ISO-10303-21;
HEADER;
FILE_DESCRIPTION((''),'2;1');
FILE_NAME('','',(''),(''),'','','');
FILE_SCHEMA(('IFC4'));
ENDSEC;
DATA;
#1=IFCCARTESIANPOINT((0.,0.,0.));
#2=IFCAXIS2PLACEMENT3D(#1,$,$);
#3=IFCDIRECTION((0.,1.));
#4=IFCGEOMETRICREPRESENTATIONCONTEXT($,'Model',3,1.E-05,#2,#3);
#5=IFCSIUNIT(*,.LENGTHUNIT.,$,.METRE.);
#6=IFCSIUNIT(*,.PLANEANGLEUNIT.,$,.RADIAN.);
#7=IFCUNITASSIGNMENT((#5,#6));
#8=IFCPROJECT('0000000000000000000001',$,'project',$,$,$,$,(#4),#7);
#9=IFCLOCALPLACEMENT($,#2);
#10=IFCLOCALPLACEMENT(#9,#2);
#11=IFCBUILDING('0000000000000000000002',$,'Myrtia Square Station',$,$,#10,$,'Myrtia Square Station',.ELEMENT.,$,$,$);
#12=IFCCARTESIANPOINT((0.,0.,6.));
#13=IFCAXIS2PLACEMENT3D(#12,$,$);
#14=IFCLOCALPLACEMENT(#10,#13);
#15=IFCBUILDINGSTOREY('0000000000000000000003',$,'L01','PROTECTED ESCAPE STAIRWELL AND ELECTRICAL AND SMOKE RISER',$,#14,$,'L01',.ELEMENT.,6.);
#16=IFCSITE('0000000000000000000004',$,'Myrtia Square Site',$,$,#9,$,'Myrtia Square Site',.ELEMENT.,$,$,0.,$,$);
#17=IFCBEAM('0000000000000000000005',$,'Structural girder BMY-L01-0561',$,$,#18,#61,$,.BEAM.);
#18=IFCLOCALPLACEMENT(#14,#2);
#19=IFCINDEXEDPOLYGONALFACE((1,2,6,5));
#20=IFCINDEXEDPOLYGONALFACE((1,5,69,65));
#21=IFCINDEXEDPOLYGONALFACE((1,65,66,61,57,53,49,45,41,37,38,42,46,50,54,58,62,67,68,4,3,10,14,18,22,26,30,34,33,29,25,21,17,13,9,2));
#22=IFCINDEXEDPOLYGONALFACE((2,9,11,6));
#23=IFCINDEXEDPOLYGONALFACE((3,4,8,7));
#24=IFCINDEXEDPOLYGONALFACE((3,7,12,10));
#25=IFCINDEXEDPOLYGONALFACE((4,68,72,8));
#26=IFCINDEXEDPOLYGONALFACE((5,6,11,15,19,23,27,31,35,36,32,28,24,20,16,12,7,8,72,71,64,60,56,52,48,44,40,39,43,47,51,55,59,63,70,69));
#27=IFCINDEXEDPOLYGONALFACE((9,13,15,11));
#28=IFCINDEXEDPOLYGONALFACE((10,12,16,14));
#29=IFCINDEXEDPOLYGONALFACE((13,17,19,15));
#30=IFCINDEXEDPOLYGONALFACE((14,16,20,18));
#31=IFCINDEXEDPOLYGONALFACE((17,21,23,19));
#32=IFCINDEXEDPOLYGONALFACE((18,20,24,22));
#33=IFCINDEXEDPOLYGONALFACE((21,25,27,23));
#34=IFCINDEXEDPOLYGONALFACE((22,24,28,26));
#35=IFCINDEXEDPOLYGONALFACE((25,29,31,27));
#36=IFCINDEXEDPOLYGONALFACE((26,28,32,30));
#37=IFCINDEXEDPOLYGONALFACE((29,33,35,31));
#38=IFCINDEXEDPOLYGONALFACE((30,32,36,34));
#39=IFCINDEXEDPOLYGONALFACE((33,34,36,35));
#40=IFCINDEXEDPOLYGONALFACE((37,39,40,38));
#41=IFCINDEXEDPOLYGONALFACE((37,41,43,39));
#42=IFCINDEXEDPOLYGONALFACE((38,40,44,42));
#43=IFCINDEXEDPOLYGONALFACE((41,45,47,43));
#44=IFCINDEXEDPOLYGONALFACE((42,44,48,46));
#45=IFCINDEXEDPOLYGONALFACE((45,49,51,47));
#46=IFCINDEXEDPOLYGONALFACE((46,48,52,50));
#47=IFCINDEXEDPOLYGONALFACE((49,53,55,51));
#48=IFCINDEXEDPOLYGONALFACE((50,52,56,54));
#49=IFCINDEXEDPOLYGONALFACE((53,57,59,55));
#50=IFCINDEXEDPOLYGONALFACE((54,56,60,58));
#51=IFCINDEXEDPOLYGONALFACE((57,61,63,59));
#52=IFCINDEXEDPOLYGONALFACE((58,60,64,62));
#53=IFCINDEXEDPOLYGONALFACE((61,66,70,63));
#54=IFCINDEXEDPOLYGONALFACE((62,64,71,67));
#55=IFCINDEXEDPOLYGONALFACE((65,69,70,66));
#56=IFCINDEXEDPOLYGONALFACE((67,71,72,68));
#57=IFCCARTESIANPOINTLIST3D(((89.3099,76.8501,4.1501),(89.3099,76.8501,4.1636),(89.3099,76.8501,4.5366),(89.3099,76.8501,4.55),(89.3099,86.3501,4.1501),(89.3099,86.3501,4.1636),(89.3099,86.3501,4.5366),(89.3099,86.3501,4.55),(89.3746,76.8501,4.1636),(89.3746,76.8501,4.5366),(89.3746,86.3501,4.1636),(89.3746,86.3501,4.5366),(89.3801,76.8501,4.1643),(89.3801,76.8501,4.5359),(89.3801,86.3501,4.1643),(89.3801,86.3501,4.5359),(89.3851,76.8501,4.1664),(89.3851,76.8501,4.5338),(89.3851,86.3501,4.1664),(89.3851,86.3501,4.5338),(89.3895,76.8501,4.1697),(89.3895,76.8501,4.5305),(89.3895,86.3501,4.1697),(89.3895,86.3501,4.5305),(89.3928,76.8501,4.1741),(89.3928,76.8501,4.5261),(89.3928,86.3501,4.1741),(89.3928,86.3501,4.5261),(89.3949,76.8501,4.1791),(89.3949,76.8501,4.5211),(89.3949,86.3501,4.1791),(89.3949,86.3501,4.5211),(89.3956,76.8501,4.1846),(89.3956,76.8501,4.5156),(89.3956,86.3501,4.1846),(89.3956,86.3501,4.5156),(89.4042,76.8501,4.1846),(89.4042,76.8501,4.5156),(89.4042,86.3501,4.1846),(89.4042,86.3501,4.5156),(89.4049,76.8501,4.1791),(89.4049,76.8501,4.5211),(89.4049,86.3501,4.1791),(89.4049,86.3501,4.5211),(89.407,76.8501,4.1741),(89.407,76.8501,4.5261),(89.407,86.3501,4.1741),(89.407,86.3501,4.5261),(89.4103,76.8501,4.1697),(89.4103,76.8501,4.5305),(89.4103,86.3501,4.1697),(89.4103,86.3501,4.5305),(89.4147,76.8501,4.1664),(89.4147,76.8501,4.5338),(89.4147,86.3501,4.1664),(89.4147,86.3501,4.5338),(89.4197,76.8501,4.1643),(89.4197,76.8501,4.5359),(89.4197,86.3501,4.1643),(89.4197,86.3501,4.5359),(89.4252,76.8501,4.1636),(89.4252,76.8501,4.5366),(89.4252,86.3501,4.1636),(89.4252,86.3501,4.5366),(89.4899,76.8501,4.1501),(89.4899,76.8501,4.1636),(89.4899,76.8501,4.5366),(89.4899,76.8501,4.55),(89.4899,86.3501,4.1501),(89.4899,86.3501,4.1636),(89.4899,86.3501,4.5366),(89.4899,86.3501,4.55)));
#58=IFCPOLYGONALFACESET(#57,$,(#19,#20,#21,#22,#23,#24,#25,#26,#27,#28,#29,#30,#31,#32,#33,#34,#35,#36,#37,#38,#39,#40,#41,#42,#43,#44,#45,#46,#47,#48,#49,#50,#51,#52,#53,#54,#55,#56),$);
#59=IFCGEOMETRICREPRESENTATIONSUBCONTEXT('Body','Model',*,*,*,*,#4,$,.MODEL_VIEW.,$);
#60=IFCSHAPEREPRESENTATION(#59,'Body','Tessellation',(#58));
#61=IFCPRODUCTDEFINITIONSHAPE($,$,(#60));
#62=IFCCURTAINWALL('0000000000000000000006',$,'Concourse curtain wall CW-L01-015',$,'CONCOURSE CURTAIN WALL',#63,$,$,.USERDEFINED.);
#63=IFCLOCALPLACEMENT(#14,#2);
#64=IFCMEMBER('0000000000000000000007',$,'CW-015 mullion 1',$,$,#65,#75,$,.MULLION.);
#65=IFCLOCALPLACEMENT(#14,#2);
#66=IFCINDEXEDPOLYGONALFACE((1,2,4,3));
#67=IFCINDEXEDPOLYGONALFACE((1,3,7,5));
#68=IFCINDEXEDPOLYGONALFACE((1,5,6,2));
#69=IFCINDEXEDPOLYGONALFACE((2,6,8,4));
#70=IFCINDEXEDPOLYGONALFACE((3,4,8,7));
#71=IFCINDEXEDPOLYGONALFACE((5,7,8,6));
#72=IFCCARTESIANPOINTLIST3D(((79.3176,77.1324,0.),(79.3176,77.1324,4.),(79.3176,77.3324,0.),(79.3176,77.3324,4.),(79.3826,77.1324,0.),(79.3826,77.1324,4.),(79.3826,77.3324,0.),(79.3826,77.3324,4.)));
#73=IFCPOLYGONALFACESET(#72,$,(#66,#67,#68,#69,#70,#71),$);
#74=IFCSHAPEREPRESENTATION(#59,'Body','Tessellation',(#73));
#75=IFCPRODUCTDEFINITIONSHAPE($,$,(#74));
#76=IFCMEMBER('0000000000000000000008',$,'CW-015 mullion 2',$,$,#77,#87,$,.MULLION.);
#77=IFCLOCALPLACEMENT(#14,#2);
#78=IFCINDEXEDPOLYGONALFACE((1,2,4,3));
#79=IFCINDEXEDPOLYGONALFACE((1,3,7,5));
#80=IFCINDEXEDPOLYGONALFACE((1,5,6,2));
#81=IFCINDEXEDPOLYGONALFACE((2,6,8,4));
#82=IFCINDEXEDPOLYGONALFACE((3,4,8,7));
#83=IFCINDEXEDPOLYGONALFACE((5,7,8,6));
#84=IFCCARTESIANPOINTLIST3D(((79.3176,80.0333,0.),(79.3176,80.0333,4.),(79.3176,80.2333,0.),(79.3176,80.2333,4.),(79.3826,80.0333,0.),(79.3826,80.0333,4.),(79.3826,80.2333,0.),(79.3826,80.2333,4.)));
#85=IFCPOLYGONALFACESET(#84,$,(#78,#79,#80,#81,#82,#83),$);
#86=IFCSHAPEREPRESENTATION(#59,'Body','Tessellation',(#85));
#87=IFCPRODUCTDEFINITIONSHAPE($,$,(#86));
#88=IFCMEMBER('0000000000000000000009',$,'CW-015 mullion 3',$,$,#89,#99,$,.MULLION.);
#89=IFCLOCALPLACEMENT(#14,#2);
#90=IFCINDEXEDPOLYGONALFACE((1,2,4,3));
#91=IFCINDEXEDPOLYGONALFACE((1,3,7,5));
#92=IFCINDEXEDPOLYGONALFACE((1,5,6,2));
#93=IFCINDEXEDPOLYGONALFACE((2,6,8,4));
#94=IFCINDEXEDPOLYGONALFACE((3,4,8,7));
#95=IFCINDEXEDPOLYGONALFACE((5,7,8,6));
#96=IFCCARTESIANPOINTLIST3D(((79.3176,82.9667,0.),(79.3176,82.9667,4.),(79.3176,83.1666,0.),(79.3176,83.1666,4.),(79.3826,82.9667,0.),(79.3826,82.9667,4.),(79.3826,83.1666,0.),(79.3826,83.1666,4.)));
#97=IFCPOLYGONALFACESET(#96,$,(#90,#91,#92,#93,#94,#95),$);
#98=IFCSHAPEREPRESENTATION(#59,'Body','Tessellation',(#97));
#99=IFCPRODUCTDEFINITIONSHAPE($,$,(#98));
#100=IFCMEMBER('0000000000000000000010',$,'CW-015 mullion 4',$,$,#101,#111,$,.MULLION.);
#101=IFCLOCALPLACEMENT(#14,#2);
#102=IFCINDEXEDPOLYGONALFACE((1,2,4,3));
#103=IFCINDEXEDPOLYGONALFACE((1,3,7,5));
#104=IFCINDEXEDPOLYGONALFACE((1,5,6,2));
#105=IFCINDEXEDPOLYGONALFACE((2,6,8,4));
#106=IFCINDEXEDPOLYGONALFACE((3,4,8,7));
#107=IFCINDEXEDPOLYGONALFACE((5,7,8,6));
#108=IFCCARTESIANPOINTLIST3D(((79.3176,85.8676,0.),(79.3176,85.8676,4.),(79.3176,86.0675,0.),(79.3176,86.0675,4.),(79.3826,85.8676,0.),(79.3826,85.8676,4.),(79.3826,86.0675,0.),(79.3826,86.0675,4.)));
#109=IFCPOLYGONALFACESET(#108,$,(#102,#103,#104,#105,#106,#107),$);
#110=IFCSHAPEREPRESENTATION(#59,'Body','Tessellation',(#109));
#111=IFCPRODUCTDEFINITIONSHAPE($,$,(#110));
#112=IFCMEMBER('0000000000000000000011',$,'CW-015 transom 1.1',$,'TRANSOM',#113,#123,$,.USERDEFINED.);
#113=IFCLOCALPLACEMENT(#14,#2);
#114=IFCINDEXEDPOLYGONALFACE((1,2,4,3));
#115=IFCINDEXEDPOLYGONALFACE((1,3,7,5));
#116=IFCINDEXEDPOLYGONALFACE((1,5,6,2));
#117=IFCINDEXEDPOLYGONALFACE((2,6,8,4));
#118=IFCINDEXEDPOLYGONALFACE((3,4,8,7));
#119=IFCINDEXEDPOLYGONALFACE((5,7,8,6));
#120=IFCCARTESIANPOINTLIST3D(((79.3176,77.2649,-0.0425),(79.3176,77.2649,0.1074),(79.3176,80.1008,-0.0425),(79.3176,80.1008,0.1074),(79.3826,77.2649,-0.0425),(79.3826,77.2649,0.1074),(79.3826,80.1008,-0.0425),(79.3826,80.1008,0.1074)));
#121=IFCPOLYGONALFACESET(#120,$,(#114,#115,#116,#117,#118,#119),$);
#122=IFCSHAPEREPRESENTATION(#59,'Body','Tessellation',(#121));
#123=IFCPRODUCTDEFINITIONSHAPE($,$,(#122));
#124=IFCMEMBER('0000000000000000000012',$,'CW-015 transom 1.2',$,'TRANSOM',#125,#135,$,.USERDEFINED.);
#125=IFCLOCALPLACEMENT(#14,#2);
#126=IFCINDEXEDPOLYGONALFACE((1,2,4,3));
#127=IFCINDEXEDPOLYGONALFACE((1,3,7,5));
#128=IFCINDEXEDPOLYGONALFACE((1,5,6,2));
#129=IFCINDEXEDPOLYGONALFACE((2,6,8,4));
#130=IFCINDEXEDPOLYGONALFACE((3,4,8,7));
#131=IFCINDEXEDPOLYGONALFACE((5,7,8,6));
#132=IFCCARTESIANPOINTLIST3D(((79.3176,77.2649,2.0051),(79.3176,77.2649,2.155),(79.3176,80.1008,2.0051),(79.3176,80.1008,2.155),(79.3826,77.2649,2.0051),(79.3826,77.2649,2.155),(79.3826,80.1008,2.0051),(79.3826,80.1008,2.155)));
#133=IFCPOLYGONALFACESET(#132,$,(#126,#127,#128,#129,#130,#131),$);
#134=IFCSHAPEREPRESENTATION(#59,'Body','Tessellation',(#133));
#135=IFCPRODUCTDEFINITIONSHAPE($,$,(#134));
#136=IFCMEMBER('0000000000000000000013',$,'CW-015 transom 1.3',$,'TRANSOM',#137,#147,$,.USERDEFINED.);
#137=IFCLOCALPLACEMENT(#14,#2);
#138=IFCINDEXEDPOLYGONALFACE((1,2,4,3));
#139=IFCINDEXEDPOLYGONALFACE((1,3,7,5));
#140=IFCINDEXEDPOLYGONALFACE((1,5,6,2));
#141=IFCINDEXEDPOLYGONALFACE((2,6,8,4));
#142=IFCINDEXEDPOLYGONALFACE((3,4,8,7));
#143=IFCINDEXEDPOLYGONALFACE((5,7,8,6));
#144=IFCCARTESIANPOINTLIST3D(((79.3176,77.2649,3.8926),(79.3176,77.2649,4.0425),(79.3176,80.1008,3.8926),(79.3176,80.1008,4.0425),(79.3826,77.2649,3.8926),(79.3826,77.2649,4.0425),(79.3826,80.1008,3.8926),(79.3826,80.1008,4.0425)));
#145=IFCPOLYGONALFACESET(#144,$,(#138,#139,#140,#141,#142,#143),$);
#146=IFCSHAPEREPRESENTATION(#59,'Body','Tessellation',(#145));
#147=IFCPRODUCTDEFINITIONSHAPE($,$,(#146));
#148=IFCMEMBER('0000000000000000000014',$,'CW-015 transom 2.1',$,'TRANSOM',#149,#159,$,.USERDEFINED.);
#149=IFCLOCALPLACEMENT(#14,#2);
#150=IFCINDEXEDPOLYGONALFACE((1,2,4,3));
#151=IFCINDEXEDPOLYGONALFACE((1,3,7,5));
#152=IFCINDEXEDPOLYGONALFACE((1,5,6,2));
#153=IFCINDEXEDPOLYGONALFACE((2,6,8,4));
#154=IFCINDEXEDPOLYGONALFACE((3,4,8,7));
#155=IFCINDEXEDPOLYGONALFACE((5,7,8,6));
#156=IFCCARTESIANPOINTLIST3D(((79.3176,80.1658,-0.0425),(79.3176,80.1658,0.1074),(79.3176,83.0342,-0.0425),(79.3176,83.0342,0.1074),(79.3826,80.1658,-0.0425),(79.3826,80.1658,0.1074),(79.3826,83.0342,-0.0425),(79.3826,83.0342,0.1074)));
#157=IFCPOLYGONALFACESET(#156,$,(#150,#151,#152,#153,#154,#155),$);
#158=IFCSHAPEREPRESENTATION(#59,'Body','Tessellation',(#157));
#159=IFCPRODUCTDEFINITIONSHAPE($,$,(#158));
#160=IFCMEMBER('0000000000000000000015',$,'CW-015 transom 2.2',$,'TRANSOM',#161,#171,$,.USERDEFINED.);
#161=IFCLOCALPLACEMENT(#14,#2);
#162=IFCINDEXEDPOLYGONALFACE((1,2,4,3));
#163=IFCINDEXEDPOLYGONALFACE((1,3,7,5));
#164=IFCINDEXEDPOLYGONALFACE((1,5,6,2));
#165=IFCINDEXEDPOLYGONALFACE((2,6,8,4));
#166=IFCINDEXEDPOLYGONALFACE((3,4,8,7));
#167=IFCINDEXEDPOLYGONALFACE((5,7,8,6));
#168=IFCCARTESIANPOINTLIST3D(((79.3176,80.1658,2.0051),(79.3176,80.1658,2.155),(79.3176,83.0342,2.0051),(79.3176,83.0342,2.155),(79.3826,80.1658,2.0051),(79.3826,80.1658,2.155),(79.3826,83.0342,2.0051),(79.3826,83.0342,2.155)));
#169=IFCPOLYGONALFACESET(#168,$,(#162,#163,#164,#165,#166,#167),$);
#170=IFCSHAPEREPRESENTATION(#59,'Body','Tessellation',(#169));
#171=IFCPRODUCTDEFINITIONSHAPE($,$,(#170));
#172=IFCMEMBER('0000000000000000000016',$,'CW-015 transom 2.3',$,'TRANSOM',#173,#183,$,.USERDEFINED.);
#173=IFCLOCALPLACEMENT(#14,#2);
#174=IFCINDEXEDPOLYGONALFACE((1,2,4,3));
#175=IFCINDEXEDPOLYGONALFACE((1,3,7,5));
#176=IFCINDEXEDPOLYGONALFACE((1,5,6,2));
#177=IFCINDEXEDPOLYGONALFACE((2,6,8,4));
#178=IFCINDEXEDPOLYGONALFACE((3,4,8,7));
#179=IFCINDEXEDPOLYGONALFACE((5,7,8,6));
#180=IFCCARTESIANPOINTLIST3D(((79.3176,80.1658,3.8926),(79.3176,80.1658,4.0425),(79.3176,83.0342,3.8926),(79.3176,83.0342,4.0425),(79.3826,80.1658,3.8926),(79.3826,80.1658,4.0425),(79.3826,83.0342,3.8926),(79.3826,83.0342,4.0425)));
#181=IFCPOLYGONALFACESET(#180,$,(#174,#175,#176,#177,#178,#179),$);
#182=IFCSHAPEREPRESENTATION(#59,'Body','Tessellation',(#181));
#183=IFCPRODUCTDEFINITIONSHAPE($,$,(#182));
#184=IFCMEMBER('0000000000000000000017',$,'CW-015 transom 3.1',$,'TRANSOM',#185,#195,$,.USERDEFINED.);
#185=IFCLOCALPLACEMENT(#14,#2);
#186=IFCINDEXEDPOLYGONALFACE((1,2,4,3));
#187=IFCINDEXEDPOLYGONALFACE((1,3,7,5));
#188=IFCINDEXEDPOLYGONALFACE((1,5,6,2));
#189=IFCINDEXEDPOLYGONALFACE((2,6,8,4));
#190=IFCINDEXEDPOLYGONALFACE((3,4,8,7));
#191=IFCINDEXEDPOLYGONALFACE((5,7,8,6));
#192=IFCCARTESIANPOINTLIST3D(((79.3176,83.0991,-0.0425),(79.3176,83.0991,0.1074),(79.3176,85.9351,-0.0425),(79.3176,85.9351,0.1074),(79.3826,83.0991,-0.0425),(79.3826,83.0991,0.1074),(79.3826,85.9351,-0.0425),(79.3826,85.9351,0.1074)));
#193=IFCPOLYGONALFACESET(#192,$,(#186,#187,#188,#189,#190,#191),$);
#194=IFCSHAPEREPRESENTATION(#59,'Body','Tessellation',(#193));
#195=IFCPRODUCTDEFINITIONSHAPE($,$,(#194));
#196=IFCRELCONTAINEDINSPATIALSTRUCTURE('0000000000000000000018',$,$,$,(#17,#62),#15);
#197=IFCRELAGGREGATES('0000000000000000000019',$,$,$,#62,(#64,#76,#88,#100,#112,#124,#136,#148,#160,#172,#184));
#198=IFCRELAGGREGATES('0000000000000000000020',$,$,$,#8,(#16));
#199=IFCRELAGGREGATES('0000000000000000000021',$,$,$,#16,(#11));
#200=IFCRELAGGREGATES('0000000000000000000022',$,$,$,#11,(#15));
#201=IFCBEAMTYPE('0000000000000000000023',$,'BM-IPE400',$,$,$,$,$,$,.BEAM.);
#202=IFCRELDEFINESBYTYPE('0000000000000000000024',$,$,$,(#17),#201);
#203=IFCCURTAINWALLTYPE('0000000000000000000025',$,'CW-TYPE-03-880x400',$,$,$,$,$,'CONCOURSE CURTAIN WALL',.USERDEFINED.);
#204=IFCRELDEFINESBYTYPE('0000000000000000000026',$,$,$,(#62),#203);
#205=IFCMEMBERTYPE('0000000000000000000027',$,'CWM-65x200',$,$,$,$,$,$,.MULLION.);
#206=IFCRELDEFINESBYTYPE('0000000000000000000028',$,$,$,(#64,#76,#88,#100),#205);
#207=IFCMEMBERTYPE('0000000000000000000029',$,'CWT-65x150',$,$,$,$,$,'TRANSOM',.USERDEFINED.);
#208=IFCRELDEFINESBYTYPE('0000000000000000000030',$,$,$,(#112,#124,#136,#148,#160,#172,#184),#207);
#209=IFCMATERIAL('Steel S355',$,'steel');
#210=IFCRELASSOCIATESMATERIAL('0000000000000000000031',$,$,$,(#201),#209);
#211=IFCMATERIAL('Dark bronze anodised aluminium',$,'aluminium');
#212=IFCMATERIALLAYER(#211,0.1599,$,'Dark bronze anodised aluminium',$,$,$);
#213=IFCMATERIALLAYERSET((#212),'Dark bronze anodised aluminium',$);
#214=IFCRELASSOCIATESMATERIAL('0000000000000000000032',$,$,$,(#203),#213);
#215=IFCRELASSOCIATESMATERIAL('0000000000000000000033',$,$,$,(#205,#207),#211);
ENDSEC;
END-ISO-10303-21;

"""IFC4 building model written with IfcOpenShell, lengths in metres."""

from ifc_helpers import new_model, si_unit, direction, frame, origin, origin_2d, place, context, subcontext, project, spatial, rectangle, i_section, extrude, material, layer, layer_set, material_profile, profile_set, type_object, element, aggregate, save


model = new_model("IFC4")

# Units and contexts
model_context = context("Model", 3, precision=1e-05, world=origin(), true_north=direction((0.0, 1.0)))
body_context = subcontext(model_context, "Body", "Model", "MODEL_VIEW")
ifc_project = project(units=[si_unit("LENGTHUNIT", "METRE"), si_unit("PLANEANGLEUNIT", "RADIAN")], contexts=[model_context])

# Site, building, storey
site_placement = place(None, origin())
site = spatial("IfcSite", under=ifc_project, at=site_placement, Name="Myrtia Square Site", LongName="Myrtia Square Site", CompositionType="ELEMENT", RefElevation=0.0)
building_placement = place(site_placement, origin())
building = spatial("IfcBuilding", under=site, at=building_placement, Name="Myrtia Square Station", LongName="Myrtia Square Station", CompositionType="ELEMENT")
storey_placement = place(building_placement, frame((0.0, 0.0, 6.0)))
storey = spatial("IfcBuildingStorey", under=building, at=storey_placement, Name="L01", Description="PROTECTED ESCAPE STAIRWELL AND ELECTRICAL AND SMOKE RISER", LongName="L01", CompositionType="ELEMENT", Elevation=6.0)

# Beam
ifc_material_1 = material(Name="Steel S355", Category="steel")
ifc_material_profile_1 = material_profile(ifc_material_1, i_section(OverallWidth=0.1799, OverallDepth=0.3999, WebThickness=0.0085, FlangeThickness=0.0134, FilletRadius=0.021, at=origin_2d()), Name="IPE 400")
ifc_profile_set_1 = profile_set([ifc_material_profile_1], Name="Steel S355")
beam_type = type_object("IfcBeamType", Name="BM-IPE400", PredefinedType="BEAM", material=ifc_profile_set_1)
beam_placement = place(storey_placement, frame((89.3999, 76.8501, 4.3501), z_axis=(0.0, 1.0, 0.0), x_axis=(-1.0, 0.0, 0.0)))
element("IfcBeam", 1, at=beam_placement, inside=storey, type_object=beam_type, Name="Structural girder BMY-L01-0561", PredefinedType="BEAM", context=body_context, shape_type="SweptSolid", body=[
    extrude(i_section(OverallWidth=0.1799, OverallDepth=0.3999, WebThickness=0.0085, FlangeThickness=0.0134, FilletRadius=0.021, at=origin_2d()), origin(), (0.0, 0.0, 1.0), 9.5),
])

# Curtain wall, members
ifc_material_2 = material(Name="Dark bronze anodised aluminium", Category="aluminium")
ifc_layer_1 = layer(ifc_material_2, 0.1599, Name="Dark bronze anodised aluminium")
ifc_layer_set_1 = layer_set([ifc_layer_1], Name="Dark bronze anodised aluminium")
curtain_wall_type = type_object("IfcCurtainWallType", Name="CW-TYPE-03-880x400", ElementType="CONCOURSE CURTAIN WALL", PredefinedType="USERDEFINED", material=ifc_layer_set_1)
curtain_wall_placement = place(storey_placement, origin())
curtain_wall = element("IfcCurtainWall", 2, at=curtain_wall_placement, inside=storey, type_object=curtain_wall_type, Name="Concourse curtain wall CW-L01-015", ObjectType="CONCOURSE CURTAIN WALL", PredefinedType="USERDEFINED")
ifc_material_profile_2 = material_profile(ifc_material_2, rectangle(XDim=0.0649, YDim=0.2, at=origin_2d()), Name="ALU-M 65x200")
ifc_profile_set_2 = profile_set([ifc_material_profile_2], Name="Dark bronze anodised aluminium")
member_type_1 = type_object("IfcMemberType", Name="CWM-65x200", PredefinedType="MULLION", material=ifc_profile_set_2)
member_1_placement = place(storey_placement, frame((79.3501, 77.2324, 0.0), z_axis=(0.0, 0.0, 1.0), x_axis=(-1.0, 0.0, 0.0)))
member_1 = element("IfcMember", 3, at=member_1_placement, type_object=member_type_1, Name="CW-015 mullion 1", PredefinedType="MULLION", context=body_context, shape_type="SweptSolid", body=[
    extrude(rectangle(XDim=0.0649, YDim=0.2, at=origin_2d()), origin(), (0.0, 0.0, 1.0), 4.0),
])
member_2_placement = place(storey_placement, frame((79.3501, 80.1333, 0.0), z_axis=(0.0, 0.0, 1.0), x_axis=(-1.0, 0.0, 0.0)))
member_2 = element("IfcMember", 4, at=member_2_placement, type_object=member_type_1, Name="CW-015 mullion 2", PredefinedType="MULLION", context=body_context, shape_type="SweptSolid", body=[
    extrude(rectangle(XDim=0.0649, YDim=0.2, at=origin_2d()), origin(), (0.0, 0.0, 1.0), 4.0),
])
member_3_placement = place(storey_placement, frame((79.3501, 83.0667, 0.0), z_axis=(0.0, 0.0, 1.0), x_axis=(-1.0, 0.0, 0.0)))
member_3 = element("IfcMember", 5, at=member_3_placement, type_object=member_type_1, Name="CW-015 mullion 3", PredefinedType="MULLION", context=body_context, shape_type="SweptSolid", body=[
    extrude(rectangle(XDim=0.0649, YDim=0.2, at=origin_2d()), origin(), (0.0, 0.0, 1.0), 4.0),
])
member_4_placement = place(storey_placement, frame((79.3501, 85.9675, 0.0), z_axis=(0.0, 0.0, 1.0), x_axis=(-1.0, 0.0, 0.0)))
member_4 = element("IfcMember", 6, at=member_4_placement, type_object=member_type_1, Name="CW-015 mullion 4", PredefinedType="MULLION", context=body_context, shape_type="SweptSolid", body=[
    extrude(rectangle(XDim=0.0649, YDim=0.2, at=origin_2d()), origin(), (0.0, 0.0, 1.0), 4.0),
])
ifc_material_profile_3 = material_profile(ifc_material_2, rectangle(XDim=0.0649, YDim=0.1499, at=origin_2d()), Name="ALU-T 65x150")
ifc_profile_set_3 = profile_set([ifc_material_profile_3], Name="Dark bronze anodised aluminium")
member_type_2 = type_object("IfcMemberType", Name="CWT-65x150", ElementType="TRANSOM", PredefinedType="USERDEFINED", material=ifc_profile_set_3)
member_5_placement = place(storey_placement, frame((79.3501, 77.2649, 0.0325), z_axis=(0.0, 1.0, 0.0), x_axis=(-1.0, 0.0, 0.0)))
member_5 = element("IfcMember", 7, at=member_5_placement, type_object=member_type_2, Name="CW-015 transom 1.1", ObjectType="TRANSOM", PredefinedType="USERDEFINED", context=body_context, shape_type="SweptSolid", body=[
    extrude(rectangle(XDim=0.0649, YDim=0.1499, at=origin_2d()), origin(), (0.0, 0.0, 1.0), 2.8359),
])
member_6_placement = place(storey_placement, frame((79.3501, 77.2649, 2.0801), z_axis=(0.0, 1.0, 0.0), x_axis=(-1.0, 0.0, 0.0)))
member_6 = element("IfcMember", 8, at=member_6_placement, type_object=member_type_2, Name="CW-015 transom 1.2", ObjectType="TRANSOM", PredefinedType="USERDEFINED", context=body_context, shape_type="SweptSolid", body=[
    extrude(rectangle(XDim=0.0649, YDim=0.1499, at=origin_2d()), origin(), (0.0, 0.0, 1.0), 2.8359),
])
member_7_placement = place(storey_placement, frame((79.3501, 77.2649, 3.9675), z_axis=(0.0, 1.0, 0.0), x_axis=(-1.0, 0.0, 0.0)))
member_7 = element("IfcMember", 9, at=member_7_placement, type_object=member_type_2, Name="CW-015 transom 1.3", ObjectType="TRANSOM", PredefinedType="USERDEFINED", context=body_context, shape_type="SweptSolid", body=[
    extrude(rectangle(XDim=0.0649, YDim=0.1499, at=origin_2d()), origin(), (0.0, 0.0, 1.0), 2.8359),
])
member_8_placement = place(storey_placement, frame((79.3501, 80.1658, 0.0325), z_axis=(0.0, 1.0, 0.0), x_axis=(-1.0, 0.0, 0.0)))
member_8 = element("IfcMember", 10, at=member_8_placement, type_object=member_type_2, Name="CW-015 transom 2.1", ObjectType="TRANSOM", PredefinedType="USERDEFINED", context=body_context, shape_type="SweptSolid", body=[
    extrude(rectangle(XDim=0.0649, YDim=0.1499, at=origin_2d()), origin(), (0.0, 0.0, 1.0), 2.8684),
])
member_9_placement = place(storey_placement, frame((79.3501, 80.1658, 2.0801), z_axis=(0.0, 1.0, 0.0), x_axis=(-1.0, 0.0, 0.0)))
member_9 = element("IfcMember", 11, at=member_9_placement, type_object=member_type_2, Name="CW-015 transom 2.2", ObjectType="TRANSOM", PredefinedType="USERDEFINED", context=body_context, shape_type="SweptSolid", body=[
    extrude(rectangle(XDim=0.0649, YDim=0.1499, at=origin_2d()), origin(), (0.0, 0.0, 1.0), 2.8684),
])
member_10_placement = place(storey_placement, frame((79.3501, 80.1658, 3.9675), z_axis=(0.0, 1.0, 0.0), x_axis=(-1.0, 0.0, 0.0)))
member_10 = element("IfcMember", 12, at=member_10_placement, type_object=member_type_2, Name="CW-015 transom 2.3", ObjectType="TRANSOM", PredefinedType="USERDEFINED", context=body_context, shape_type="SweptSolid", body=[
    extrude(rectangle(XDim=0.0649, YDim=0.1499, at=origin_2d()), origin(), (0.0, 0.0, 1.0), 2.8684),
])
member_11_placement = place(storey_placement, frame((79.3501, 83.0991, 0.0325), z_axis=(0.0, 1.0, 0.0), x_axis=(-1.0, 0.0, 0.0)))
member_11 = element("IfcMember", 13, at=member_11_placement, type_object=member_type_2, Name="CW-015 transom 3.1", ObjectType="TRANSOM", PredefinedType="USERDEFINED", context=body_context, shape_type="SweptSolid", body=[
    extrude(rectangle(XDim=0.0649, YDim=0.1499, at=origin_2d()), origin(), (0.0, 0.0, 1.0), 2.8359),
])
aggregate(curtain_wall, [member_1, member_2, member_3, member_4, member_5, member_6, member_7, member_8, member_9, member_10, member_11])

save(model, "model.ifc")
